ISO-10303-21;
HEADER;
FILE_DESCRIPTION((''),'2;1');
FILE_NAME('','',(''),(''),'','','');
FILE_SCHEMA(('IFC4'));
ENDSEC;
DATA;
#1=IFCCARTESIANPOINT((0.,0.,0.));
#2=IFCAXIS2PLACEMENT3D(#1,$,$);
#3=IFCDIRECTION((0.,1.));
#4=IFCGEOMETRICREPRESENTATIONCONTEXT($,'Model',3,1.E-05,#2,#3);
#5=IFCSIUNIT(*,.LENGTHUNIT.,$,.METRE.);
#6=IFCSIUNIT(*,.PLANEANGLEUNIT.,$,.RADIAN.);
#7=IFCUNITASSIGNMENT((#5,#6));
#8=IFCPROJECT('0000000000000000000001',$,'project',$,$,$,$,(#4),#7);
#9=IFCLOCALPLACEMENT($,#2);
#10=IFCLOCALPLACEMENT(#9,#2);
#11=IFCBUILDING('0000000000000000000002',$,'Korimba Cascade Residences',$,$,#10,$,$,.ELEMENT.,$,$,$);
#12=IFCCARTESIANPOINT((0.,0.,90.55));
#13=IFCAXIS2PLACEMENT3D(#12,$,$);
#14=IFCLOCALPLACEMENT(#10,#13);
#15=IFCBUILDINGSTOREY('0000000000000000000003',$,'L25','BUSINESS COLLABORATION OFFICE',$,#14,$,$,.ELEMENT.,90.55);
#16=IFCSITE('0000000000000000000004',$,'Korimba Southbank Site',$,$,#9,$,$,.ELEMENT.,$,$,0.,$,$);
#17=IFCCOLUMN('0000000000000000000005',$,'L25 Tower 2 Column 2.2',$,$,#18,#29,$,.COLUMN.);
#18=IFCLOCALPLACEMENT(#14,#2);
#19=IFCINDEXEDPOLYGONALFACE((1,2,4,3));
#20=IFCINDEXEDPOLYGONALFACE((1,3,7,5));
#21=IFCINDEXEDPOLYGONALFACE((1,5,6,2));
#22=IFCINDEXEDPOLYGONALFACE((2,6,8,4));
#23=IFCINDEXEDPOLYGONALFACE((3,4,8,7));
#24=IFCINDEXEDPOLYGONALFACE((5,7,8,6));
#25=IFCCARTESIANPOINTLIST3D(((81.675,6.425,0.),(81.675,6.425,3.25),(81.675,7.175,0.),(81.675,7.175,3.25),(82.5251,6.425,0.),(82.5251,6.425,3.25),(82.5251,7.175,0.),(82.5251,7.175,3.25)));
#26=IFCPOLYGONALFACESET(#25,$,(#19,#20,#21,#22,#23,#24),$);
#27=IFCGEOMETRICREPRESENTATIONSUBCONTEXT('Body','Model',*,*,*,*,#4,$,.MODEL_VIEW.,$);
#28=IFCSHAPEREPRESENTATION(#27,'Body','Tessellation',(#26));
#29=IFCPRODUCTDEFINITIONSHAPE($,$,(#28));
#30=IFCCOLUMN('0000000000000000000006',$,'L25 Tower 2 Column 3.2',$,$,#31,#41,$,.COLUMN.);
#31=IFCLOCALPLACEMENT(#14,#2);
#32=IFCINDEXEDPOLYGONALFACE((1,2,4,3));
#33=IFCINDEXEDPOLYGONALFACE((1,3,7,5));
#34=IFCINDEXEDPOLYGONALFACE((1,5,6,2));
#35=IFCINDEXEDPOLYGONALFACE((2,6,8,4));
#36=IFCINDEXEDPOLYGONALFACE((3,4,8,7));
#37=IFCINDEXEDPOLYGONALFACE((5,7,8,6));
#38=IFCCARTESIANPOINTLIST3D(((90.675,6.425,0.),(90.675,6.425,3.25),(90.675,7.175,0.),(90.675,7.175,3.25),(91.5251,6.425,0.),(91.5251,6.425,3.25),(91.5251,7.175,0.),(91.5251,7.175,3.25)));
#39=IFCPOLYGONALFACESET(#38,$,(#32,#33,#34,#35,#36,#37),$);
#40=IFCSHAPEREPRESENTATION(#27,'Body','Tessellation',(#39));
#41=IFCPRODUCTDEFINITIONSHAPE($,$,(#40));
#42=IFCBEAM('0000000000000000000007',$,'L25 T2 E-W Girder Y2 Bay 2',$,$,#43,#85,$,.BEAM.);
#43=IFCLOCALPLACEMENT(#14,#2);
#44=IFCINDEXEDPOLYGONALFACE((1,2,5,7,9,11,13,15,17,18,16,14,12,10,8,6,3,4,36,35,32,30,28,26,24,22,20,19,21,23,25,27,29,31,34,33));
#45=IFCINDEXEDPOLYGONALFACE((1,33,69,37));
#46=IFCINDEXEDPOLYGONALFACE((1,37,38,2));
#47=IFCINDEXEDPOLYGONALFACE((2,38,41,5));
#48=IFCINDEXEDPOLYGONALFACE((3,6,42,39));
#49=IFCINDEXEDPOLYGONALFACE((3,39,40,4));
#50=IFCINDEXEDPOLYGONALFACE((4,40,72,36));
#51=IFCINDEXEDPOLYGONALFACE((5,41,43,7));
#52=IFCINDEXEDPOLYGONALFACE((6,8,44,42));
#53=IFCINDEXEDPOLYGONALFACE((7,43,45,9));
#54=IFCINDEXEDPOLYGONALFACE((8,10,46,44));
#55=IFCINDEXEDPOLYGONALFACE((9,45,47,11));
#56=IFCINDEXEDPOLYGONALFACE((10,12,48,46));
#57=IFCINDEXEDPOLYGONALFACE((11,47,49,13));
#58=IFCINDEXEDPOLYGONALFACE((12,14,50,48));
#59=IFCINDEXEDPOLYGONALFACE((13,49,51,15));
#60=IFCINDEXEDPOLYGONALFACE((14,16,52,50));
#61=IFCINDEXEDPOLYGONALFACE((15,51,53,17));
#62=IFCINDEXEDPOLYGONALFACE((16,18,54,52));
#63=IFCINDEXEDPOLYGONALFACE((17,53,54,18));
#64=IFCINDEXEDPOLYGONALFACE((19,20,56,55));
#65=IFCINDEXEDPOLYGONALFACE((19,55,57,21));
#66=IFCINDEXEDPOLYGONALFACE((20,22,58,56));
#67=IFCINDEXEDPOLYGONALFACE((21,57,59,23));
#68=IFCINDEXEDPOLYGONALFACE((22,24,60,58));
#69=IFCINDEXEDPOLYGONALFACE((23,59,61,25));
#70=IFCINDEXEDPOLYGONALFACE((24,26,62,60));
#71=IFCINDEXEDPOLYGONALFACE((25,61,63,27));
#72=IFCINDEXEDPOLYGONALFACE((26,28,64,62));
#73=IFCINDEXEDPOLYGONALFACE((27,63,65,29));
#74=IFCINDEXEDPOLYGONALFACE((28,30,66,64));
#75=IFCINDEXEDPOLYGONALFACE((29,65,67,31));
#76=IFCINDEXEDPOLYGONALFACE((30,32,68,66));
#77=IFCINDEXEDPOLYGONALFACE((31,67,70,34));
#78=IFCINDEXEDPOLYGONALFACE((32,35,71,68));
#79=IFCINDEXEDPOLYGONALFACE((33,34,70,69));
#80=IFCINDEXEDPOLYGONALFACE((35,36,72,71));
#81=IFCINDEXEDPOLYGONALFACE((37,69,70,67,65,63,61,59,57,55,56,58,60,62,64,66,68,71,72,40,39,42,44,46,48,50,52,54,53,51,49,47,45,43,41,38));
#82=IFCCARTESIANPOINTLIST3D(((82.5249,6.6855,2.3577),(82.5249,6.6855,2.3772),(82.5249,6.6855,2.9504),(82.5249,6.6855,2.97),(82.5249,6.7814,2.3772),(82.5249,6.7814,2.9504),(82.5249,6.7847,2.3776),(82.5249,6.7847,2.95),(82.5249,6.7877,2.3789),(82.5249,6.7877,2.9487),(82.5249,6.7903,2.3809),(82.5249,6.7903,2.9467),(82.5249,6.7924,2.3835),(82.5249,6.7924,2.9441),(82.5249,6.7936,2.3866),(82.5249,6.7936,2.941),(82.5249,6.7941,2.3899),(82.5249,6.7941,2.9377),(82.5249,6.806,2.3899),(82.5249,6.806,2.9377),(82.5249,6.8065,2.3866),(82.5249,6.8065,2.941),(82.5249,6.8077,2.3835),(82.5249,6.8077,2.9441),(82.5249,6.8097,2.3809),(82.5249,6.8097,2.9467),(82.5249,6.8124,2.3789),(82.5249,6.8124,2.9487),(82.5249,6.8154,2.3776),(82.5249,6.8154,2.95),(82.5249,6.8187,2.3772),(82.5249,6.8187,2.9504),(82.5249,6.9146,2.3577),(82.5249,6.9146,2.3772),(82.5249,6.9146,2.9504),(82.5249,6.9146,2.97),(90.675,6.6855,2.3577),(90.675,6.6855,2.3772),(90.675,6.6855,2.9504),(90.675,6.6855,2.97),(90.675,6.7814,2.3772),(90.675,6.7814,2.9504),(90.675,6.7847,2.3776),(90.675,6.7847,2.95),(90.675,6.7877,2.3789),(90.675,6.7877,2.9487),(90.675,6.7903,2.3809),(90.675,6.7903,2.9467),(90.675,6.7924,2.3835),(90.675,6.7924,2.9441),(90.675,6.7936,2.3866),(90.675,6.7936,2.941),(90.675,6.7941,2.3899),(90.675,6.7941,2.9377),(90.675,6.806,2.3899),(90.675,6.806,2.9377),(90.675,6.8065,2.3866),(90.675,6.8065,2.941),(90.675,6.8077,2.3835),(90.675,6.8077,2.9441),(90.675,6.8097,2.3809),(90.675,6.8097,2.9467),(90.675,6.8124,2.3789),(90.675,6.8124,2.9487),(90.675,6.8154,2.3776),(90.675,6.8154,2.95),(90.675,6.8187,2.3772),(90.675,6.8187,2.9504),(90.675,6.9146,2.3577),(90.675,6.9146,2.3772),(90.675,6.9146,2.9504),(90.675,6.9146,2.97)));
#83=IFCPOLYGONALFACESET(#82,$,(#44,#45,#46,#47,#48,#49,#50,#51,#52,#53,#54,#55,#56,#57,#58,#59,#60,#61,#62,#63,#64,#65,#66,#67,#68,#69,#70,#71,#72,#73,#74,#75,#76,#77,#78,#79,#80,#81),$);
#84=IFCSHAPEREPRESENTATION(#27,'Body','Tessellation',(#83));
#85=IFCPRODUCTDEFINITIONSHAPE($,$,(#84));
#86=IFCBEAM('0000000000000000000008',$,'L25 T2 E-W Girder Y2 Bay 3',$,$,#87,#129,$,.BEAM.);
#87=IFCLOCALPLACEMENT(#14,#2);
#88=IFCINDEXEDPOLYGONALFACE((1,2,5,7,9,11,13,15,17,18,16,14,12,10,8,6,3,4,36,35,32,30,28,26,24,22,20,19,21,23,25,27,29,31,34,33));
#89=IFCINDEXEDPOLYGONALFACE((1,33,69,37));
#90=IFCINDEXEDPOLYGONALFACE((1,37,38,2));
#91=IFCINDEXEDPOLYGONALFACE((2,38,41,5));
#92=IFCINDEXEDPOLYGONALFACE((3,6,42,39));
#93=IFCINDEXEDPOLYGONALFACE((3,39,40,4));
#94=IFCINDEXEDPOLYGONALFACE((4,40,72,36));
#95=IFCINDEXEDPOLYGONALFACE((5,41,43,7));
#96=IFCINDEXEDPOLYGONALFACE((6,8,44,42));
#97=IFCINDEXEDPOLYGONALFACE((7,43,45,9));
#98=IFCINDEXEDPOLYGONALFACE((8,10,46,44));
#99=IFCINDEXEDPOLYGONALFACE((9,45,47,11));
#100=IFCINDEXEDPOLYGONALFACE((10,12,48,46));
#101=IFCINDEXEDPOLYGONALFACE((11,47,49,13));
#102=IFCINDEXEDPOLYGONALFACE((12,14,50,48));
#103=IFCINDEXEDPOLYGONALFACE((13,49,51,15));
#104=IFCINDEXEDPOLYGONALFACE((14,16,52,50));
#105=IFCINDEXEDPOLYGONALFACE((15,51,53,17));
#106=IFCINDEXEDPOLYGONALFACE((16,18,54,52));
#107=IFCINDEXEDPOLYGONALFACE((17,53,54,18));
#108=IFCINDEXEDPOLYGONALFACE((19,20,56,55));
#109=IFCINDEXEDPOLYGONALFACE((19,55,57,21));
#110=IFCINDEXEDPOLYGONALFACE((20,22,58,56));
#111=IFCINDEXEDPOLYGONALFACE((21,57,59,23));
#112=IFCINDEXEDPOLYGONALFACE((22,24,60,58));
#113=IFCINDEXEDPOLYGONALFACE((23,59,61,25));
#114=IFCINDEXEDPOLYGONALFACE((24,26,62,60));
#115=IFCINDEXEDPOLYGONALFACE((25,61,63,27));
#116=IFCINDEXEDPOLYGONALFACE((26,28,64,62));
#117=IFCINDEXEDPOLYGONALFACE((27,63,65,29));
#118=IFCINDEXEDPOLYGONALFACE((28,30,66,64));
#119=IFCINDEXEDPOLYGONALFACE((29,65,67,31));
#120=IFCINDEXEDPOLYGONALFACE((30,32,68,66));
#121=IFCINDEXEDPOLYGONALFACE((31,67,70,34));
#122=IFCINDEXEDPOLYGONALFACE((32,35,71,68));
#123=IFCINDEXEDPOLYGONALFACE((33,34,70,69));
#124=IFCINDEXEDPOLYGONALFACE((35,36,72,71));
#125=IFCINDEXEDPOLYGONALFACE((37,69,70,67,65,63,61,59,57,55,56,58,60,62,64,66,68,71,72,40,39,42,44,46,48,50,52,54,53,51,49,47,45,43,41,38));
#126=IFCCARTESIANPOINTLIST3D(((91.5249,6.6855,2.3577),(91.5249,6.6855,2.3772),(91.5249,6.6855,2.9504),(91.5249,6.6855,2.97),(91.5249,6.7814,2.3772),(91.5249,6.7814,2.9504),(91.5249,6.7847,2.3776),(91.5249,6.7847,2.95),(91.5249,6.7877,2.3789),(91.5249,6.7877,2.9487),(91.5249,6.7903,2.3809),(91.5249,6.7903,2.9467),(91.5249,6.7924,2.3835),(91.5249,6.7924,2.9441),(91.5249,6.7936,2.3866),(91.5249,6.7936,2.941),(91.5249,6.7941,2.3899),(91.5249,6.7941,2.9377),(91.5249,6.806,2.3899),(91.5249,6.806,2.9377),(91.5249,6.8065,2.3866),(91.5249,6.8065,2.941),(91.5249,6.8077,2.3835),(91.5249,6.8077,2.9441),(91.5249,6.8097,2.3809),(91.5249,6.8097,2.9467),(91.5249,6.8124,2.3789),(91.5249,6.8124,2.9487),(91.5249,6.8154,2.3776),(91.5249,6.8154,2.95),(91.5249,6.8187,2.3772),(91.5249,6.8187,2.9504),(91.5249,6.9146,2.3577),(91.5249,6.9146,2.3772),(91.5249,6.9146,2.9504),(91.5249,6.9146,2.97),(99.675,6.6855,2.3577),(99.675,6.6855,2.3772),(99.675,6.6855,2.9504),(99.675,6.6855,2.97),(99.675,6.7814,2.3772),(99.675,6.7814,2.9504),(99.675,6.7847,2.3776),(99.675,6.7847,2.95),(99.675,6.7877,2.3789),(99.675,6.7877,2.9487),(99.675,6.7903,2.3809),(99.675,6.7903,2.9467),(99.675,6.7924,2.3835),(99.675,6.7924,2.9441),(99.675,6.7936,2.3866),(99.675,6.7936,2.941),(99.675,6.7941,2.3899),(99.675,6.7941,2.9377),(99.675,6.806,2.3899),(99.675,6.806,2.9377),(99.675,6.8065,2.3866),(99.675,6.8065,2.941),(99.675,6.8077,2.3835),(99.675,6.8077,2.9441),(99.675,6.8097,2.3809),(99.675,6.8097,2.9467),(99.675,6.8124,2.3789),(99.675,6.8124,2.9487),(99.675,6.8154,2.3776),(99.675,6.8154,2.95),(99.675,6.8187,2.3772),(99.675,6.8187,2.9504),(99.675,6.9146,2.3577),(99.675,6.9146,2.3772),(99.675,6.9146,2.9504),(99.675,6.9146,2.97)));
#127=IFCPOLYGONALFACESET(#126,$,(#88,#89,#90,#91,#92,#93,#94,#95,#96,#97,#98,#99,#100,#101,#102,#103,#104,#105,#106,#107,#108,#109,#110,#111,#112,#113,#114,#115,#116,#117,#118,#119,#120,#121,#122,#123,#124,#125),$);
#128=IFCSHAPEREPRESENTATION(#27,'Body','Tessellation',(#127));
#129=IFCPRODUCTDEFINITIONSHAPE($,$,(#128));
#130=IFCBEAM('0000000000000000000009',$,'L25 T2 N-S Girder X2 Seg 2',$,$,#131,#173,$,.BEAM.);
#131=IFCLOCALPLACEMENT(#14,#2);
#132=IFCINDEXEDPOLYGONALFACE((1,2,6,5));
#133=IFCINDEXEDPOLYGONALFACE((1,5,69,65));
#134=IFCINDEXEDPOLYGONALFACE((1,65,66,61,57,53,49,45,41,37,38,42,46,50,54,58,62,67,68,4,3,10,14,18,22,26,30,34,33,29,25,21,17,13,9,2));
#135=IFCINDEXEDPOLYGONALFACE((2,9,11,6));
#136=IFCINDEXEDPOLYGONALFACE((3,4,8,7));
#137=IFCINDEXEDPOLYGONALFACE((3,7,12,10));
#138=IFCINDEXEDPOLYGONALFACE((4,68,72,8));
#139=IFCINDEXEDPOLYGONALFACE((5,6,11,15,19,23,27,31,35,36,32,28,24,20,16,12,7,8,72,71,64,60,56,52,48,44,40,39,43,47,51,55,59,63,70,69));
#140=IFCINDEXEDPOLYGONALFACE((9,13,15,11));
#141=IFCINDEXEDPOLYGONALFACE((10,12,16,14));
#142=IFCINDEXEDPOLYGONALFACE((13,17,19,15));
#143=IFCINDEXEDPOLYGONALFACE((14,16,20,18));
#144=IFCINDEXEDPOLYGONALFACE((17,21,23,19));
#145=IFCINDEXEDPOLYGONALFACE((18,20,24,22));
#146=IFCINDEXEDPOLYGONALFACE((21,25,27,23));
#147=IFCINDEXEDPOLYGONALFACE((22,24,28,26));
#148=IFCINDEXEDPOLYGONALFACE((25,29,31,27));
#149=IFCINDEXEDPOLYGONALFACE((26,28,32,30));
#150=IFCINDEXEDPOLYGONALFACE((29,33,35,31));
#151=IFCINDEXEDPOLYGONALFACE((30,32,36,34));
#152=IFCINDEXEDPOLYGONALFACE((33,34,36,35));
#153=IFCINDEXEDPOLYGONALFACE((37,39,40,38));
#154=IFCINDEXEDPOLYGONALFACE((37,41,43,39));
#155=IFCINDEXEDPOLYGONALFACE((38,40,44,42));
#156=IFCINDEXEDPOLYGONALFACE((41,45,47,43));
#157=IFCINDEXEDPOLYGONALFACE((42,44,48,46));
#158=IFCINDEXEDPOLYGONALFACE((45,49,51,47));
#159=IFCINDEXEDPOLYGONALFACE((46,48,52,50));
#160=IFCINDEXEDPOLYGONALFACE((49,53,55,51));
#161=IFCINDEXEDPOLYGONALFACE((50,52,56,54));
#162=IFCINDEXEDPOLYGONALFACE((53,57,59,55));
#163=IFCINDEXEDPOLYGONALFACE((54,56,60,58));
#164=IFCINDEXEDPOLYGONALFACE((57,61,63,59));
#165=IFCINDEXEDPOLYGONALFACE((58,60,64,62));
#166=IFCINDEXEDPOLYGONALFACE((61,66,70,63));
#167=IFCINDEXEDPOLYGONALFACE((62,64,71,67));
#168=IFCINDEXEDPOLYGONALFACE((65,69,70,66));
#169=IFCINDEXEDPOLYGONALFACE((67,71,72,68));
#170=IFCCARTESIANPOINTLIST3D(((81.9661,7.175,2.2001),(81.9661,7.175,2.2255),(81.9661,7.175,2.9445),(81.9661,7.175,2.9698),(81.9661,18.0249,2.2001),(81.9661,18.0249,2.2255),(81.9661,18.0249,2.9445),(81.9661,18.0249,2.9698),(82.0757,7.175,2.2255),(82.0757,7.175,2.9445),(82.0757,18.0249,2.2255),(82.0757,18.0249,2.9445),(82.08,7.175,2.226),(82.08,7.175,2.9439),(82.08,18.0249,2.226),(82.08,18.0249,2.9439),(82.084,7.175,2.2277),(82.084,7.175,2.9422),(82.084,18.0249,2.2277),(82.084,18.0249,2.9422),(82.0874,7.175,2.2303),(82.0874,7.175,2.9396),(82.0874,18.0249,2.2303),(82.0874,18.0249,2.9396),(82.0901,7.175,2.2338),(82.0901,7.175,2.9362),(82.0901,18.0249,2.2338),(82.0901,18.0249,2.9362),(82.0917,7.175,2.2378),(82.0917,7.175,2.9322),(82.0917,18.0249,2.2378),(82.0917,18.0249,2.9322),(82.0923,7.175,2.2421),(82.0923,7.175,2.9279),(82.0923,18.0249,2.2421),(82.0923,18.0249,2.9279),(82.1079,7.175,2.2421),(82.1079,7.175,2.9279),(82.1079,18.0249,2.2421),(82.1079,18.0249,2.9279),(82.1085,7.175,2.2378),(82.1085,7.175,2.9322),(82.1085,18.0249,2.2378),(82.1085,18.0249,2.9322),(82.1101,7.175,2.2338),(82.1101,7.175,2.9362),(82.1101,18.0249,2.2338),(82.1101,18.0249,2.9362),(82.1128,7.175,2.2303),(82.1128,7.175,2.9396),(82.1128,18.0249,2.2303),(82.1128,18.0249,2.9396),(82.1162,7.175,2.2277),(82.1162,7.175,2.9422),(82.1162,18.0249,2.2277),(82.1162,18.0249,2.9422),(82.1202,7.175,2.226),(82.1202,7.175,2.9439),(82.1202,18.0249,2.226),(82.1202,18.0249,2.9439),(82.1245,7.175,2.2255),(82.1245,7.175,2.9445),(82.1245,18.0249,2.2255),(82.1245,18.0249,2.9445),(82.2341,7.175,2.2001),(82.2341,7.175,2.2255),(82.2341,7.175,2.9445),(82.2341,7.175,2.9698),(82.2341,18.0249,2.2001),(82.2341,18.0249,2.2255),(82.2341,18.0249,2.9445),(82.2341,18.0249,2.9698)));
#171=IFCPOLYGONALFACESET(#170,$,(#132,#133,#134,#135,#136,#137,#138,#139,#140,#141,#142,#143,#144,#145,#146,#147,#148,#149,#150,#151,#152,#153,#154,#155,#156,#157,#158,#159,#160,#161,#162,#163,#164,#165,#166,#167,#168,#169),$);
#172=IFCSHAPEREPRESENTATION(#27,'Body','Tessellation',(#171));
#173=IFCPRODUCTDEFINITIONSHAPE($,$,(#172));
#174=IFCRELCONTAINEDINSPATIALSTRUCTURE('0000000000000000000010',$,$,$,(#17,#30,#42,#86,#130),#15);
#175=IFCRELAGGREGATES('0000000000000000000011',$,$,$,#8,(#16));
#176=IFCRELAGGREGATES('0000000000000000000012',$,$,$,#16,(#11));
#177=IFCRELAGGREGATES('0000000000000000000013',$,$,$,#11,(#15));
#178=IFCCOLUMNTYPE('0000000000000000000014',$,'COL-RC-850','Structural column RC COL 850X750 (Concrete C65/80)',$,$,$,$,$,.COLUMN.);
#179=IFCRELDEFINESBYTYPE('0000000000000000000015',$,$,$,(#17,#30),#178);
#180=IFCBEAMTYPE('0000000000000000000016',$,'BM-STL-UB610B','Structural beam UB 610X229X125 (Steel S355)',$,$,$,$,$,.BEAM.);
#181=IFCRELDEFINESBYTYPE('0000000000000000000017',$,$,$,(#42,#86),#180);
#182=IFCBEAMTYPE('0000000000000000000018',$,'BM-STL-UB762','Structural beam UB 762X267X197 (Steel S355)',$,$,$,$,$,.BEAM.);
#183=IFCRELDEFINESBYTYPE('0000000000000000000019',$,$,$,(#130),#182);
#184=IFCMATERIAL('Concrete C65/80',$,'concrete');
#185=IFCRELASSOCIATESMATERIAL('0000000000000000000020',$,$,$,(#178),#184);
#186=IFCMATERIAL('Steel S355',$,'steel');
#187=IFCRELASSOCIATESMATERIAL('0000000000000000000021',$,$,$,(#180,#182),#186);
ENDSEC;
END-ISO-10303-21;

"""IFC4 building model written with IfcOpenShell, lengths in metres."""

from ifc_helpers import new_model, si_unit, direction, frame, origin, origin_2d, place, context, subcontext, project, spatial, rectangle, i_section, extrude, material, material_profile, profile_set, type_object, element, save


model = new_model("IFC4")

# Units and contexts
model_context = context("Model", 3, precision=1e-05, world=origin(), true_north=direction((0.0, 1.0)))
body_context = subcontext(model_context, "Body", "Model", "MODEL_VIEW")
ifc_project = project(units=[si_unit("LENGTHUNIT", "METRE"), si_unit("PLANEANGLEUNIT", "RADIAN")], contexts=[model_context])

# Site, building, storey
site_placement = place(None, origin())
site = spatial("IfcSite", under=ifc_project, at=site_placement, Name="Korimba Southbank Site", CompositionType="ELEMENT", RefElevation=0.0)
building_placement = place(site_placement, origin())
building = spatial("IfcBuilding", under=site, at=building_placement, Name="Korimba Cascade Residences", CompositionType="ELEMENT")
storey_placement = place(building_placement, frame((0.0, 0.0, 90.55)))
storey = spatial("IfcBuildingStorey", under=building, at=storey_placement, Name="L25", Description="BUSINESS COLLABORATION OFFICE", CompositionType="ELEMENT", Elevation=90.55)

# Columns
ifc_material_1 = material(Name="Concrete C65/80", Category="concrete")
ifc_material_profile_1 = material_profile(ifc_material_1, rectangle(XDim=0.8501, YDim=0.75, at=origin_2d()), Name="Concrete C65/80")
ifc_profile_set_1 = profile_set([ifc_material_profile_1], Name="Concrete C65/80")
column_type = type_object("IfcColumnType", Name="COL-RC-850", Description="Structural column RC COL 850X750 (Concrete C65/80)", PredefinedType="COLUMN", material=ifc_profile_set_1)
for number, where, z_axis, x_axis, name in (
    (1, (82.1001, 6.8, 0.0), (0.0, 0.0, 1.0), (1.0, 0.0, 0.0), "L25 Tower 2 Column 2.2"),
    (2, (91.1001, 6.8, 0.0), (0.0, 0.0, 1.0), (1.0, 0.0, 0.0), "L25 Tower 2 Column 3.2"),
):
    element("IfcColumn", number, at=place(storey_placement, frame(where, z_axis=z_axis, x_axis=x_axis)), inside=storey, type_object=column_type, Name=name, PredefinedType="COLUMN", context=body_context, shape_type="SweptSolid", body=[
        extrude(rectangle(XDim=0.8501, YDim=0.75, at=origin_2d()), origin(), (0.0, 0.0, 1.0), 3.25),
    ])

# Beams
ifc_material_2 = material(Name="Steel S355", Category="steel")
ifc_material_profile_2 = material_profile(ifc_material_2, i_section(OverallWidth=0.229, OverallDepth=0.6123, WebThickness=0.012, FlangeThickness=0.0195, FilletRadius=0.0127, at=origin_2d()), Name="Steel S355")
ifc_profile_set_2 = profile_set([ifc_material_profile_2], Name="Steel S355")
beam_type_1 = type_object("IfcBeamType", Name="BM-STL-UB610B", Description="Structural beam UB 610X229X125 (Steel S355)", PredefinedType="BEAM", material=ifc_profile_set_2)
for number, where, z_axis, x_axis, name in (
    (3, (82.5249, 6.8, 2.6638), (1.0, 0.0, 0.0), (0.0, 1.0, 0.0), "L25 T2 E-W Girder Y2 Bay 2"),
    (4, (91.5249, 6.8, 2.6638), (1.0, 0.0, 0.0), (0.0, 1.0, 0.0), "L25 T2 E-W Girder Y2 Bay 3"),
):
    element("IfcBeam", number, at=place(storey_placement, frame(where, z_axis=z_axis, x_axis=x_axis)), inside=storey, type_object=beam_type_1, Name=name, PredefinedType="BEAM", context=body_context, shape_type="SweptSolid", body=[
        extrude(i_section(OverallWidth=0.229, OverallDepth=0.6123, WebThickness=0.012, FlangeThickness=0.0195, FilletRadius=0.0127, at=origin_2d()), origin(), (0.0, 0.0, 1.0), 8.1501),
    ])
ifc_material_profile_3 = material_profile(ifc_material_2, i_section(OverallWidth=0.2681, OverallDepth=0.7698, WebThickness=0.0156, FlangeThickness=0.0254, FilletRadius=0.0166, at=origin_2d()), Name="Steel S355")
ifc_profile_set_3 = profile_set([ifc_material_profile_3], Name="Steel S355")
beam_type_2 = type_object("IfcBeamType", Name="BM-STL-UB762", Description="Structural beam UB 762X267X197 (Steel S355)", PredefinedType="BEAM", material=ifc_profile_set_3)
for number, where, z_axis, x_axis, name in (
    (5, (82.1001, 7.175, 2.585), (0.0, 1.0, 0.0), (-1.0, 0.0, 0.0), "L25 T2 N-S Girder X2 Seg 2"),
):
    element("IfcBeam", number, at=place(storey_placement, frame(where, z_axis=z_axis, x_axis=x_axis)), inside=storey, type_object=beam_type_2, Name=name, PredefinedType="BEAM", context=body_context, shape_type="SweptSolid", body=[
        extrude(i_section(OverallWidth=0.2681, OverallDepth=0.7698, WebThickness=0.0156, FlangeThickness=0.0254, FilletRadius=0.0166, at=origin_2d()), origin(), (0.0, 0.0, 1.0), 10.8499),
    ])

save(model, "model.ifc")
